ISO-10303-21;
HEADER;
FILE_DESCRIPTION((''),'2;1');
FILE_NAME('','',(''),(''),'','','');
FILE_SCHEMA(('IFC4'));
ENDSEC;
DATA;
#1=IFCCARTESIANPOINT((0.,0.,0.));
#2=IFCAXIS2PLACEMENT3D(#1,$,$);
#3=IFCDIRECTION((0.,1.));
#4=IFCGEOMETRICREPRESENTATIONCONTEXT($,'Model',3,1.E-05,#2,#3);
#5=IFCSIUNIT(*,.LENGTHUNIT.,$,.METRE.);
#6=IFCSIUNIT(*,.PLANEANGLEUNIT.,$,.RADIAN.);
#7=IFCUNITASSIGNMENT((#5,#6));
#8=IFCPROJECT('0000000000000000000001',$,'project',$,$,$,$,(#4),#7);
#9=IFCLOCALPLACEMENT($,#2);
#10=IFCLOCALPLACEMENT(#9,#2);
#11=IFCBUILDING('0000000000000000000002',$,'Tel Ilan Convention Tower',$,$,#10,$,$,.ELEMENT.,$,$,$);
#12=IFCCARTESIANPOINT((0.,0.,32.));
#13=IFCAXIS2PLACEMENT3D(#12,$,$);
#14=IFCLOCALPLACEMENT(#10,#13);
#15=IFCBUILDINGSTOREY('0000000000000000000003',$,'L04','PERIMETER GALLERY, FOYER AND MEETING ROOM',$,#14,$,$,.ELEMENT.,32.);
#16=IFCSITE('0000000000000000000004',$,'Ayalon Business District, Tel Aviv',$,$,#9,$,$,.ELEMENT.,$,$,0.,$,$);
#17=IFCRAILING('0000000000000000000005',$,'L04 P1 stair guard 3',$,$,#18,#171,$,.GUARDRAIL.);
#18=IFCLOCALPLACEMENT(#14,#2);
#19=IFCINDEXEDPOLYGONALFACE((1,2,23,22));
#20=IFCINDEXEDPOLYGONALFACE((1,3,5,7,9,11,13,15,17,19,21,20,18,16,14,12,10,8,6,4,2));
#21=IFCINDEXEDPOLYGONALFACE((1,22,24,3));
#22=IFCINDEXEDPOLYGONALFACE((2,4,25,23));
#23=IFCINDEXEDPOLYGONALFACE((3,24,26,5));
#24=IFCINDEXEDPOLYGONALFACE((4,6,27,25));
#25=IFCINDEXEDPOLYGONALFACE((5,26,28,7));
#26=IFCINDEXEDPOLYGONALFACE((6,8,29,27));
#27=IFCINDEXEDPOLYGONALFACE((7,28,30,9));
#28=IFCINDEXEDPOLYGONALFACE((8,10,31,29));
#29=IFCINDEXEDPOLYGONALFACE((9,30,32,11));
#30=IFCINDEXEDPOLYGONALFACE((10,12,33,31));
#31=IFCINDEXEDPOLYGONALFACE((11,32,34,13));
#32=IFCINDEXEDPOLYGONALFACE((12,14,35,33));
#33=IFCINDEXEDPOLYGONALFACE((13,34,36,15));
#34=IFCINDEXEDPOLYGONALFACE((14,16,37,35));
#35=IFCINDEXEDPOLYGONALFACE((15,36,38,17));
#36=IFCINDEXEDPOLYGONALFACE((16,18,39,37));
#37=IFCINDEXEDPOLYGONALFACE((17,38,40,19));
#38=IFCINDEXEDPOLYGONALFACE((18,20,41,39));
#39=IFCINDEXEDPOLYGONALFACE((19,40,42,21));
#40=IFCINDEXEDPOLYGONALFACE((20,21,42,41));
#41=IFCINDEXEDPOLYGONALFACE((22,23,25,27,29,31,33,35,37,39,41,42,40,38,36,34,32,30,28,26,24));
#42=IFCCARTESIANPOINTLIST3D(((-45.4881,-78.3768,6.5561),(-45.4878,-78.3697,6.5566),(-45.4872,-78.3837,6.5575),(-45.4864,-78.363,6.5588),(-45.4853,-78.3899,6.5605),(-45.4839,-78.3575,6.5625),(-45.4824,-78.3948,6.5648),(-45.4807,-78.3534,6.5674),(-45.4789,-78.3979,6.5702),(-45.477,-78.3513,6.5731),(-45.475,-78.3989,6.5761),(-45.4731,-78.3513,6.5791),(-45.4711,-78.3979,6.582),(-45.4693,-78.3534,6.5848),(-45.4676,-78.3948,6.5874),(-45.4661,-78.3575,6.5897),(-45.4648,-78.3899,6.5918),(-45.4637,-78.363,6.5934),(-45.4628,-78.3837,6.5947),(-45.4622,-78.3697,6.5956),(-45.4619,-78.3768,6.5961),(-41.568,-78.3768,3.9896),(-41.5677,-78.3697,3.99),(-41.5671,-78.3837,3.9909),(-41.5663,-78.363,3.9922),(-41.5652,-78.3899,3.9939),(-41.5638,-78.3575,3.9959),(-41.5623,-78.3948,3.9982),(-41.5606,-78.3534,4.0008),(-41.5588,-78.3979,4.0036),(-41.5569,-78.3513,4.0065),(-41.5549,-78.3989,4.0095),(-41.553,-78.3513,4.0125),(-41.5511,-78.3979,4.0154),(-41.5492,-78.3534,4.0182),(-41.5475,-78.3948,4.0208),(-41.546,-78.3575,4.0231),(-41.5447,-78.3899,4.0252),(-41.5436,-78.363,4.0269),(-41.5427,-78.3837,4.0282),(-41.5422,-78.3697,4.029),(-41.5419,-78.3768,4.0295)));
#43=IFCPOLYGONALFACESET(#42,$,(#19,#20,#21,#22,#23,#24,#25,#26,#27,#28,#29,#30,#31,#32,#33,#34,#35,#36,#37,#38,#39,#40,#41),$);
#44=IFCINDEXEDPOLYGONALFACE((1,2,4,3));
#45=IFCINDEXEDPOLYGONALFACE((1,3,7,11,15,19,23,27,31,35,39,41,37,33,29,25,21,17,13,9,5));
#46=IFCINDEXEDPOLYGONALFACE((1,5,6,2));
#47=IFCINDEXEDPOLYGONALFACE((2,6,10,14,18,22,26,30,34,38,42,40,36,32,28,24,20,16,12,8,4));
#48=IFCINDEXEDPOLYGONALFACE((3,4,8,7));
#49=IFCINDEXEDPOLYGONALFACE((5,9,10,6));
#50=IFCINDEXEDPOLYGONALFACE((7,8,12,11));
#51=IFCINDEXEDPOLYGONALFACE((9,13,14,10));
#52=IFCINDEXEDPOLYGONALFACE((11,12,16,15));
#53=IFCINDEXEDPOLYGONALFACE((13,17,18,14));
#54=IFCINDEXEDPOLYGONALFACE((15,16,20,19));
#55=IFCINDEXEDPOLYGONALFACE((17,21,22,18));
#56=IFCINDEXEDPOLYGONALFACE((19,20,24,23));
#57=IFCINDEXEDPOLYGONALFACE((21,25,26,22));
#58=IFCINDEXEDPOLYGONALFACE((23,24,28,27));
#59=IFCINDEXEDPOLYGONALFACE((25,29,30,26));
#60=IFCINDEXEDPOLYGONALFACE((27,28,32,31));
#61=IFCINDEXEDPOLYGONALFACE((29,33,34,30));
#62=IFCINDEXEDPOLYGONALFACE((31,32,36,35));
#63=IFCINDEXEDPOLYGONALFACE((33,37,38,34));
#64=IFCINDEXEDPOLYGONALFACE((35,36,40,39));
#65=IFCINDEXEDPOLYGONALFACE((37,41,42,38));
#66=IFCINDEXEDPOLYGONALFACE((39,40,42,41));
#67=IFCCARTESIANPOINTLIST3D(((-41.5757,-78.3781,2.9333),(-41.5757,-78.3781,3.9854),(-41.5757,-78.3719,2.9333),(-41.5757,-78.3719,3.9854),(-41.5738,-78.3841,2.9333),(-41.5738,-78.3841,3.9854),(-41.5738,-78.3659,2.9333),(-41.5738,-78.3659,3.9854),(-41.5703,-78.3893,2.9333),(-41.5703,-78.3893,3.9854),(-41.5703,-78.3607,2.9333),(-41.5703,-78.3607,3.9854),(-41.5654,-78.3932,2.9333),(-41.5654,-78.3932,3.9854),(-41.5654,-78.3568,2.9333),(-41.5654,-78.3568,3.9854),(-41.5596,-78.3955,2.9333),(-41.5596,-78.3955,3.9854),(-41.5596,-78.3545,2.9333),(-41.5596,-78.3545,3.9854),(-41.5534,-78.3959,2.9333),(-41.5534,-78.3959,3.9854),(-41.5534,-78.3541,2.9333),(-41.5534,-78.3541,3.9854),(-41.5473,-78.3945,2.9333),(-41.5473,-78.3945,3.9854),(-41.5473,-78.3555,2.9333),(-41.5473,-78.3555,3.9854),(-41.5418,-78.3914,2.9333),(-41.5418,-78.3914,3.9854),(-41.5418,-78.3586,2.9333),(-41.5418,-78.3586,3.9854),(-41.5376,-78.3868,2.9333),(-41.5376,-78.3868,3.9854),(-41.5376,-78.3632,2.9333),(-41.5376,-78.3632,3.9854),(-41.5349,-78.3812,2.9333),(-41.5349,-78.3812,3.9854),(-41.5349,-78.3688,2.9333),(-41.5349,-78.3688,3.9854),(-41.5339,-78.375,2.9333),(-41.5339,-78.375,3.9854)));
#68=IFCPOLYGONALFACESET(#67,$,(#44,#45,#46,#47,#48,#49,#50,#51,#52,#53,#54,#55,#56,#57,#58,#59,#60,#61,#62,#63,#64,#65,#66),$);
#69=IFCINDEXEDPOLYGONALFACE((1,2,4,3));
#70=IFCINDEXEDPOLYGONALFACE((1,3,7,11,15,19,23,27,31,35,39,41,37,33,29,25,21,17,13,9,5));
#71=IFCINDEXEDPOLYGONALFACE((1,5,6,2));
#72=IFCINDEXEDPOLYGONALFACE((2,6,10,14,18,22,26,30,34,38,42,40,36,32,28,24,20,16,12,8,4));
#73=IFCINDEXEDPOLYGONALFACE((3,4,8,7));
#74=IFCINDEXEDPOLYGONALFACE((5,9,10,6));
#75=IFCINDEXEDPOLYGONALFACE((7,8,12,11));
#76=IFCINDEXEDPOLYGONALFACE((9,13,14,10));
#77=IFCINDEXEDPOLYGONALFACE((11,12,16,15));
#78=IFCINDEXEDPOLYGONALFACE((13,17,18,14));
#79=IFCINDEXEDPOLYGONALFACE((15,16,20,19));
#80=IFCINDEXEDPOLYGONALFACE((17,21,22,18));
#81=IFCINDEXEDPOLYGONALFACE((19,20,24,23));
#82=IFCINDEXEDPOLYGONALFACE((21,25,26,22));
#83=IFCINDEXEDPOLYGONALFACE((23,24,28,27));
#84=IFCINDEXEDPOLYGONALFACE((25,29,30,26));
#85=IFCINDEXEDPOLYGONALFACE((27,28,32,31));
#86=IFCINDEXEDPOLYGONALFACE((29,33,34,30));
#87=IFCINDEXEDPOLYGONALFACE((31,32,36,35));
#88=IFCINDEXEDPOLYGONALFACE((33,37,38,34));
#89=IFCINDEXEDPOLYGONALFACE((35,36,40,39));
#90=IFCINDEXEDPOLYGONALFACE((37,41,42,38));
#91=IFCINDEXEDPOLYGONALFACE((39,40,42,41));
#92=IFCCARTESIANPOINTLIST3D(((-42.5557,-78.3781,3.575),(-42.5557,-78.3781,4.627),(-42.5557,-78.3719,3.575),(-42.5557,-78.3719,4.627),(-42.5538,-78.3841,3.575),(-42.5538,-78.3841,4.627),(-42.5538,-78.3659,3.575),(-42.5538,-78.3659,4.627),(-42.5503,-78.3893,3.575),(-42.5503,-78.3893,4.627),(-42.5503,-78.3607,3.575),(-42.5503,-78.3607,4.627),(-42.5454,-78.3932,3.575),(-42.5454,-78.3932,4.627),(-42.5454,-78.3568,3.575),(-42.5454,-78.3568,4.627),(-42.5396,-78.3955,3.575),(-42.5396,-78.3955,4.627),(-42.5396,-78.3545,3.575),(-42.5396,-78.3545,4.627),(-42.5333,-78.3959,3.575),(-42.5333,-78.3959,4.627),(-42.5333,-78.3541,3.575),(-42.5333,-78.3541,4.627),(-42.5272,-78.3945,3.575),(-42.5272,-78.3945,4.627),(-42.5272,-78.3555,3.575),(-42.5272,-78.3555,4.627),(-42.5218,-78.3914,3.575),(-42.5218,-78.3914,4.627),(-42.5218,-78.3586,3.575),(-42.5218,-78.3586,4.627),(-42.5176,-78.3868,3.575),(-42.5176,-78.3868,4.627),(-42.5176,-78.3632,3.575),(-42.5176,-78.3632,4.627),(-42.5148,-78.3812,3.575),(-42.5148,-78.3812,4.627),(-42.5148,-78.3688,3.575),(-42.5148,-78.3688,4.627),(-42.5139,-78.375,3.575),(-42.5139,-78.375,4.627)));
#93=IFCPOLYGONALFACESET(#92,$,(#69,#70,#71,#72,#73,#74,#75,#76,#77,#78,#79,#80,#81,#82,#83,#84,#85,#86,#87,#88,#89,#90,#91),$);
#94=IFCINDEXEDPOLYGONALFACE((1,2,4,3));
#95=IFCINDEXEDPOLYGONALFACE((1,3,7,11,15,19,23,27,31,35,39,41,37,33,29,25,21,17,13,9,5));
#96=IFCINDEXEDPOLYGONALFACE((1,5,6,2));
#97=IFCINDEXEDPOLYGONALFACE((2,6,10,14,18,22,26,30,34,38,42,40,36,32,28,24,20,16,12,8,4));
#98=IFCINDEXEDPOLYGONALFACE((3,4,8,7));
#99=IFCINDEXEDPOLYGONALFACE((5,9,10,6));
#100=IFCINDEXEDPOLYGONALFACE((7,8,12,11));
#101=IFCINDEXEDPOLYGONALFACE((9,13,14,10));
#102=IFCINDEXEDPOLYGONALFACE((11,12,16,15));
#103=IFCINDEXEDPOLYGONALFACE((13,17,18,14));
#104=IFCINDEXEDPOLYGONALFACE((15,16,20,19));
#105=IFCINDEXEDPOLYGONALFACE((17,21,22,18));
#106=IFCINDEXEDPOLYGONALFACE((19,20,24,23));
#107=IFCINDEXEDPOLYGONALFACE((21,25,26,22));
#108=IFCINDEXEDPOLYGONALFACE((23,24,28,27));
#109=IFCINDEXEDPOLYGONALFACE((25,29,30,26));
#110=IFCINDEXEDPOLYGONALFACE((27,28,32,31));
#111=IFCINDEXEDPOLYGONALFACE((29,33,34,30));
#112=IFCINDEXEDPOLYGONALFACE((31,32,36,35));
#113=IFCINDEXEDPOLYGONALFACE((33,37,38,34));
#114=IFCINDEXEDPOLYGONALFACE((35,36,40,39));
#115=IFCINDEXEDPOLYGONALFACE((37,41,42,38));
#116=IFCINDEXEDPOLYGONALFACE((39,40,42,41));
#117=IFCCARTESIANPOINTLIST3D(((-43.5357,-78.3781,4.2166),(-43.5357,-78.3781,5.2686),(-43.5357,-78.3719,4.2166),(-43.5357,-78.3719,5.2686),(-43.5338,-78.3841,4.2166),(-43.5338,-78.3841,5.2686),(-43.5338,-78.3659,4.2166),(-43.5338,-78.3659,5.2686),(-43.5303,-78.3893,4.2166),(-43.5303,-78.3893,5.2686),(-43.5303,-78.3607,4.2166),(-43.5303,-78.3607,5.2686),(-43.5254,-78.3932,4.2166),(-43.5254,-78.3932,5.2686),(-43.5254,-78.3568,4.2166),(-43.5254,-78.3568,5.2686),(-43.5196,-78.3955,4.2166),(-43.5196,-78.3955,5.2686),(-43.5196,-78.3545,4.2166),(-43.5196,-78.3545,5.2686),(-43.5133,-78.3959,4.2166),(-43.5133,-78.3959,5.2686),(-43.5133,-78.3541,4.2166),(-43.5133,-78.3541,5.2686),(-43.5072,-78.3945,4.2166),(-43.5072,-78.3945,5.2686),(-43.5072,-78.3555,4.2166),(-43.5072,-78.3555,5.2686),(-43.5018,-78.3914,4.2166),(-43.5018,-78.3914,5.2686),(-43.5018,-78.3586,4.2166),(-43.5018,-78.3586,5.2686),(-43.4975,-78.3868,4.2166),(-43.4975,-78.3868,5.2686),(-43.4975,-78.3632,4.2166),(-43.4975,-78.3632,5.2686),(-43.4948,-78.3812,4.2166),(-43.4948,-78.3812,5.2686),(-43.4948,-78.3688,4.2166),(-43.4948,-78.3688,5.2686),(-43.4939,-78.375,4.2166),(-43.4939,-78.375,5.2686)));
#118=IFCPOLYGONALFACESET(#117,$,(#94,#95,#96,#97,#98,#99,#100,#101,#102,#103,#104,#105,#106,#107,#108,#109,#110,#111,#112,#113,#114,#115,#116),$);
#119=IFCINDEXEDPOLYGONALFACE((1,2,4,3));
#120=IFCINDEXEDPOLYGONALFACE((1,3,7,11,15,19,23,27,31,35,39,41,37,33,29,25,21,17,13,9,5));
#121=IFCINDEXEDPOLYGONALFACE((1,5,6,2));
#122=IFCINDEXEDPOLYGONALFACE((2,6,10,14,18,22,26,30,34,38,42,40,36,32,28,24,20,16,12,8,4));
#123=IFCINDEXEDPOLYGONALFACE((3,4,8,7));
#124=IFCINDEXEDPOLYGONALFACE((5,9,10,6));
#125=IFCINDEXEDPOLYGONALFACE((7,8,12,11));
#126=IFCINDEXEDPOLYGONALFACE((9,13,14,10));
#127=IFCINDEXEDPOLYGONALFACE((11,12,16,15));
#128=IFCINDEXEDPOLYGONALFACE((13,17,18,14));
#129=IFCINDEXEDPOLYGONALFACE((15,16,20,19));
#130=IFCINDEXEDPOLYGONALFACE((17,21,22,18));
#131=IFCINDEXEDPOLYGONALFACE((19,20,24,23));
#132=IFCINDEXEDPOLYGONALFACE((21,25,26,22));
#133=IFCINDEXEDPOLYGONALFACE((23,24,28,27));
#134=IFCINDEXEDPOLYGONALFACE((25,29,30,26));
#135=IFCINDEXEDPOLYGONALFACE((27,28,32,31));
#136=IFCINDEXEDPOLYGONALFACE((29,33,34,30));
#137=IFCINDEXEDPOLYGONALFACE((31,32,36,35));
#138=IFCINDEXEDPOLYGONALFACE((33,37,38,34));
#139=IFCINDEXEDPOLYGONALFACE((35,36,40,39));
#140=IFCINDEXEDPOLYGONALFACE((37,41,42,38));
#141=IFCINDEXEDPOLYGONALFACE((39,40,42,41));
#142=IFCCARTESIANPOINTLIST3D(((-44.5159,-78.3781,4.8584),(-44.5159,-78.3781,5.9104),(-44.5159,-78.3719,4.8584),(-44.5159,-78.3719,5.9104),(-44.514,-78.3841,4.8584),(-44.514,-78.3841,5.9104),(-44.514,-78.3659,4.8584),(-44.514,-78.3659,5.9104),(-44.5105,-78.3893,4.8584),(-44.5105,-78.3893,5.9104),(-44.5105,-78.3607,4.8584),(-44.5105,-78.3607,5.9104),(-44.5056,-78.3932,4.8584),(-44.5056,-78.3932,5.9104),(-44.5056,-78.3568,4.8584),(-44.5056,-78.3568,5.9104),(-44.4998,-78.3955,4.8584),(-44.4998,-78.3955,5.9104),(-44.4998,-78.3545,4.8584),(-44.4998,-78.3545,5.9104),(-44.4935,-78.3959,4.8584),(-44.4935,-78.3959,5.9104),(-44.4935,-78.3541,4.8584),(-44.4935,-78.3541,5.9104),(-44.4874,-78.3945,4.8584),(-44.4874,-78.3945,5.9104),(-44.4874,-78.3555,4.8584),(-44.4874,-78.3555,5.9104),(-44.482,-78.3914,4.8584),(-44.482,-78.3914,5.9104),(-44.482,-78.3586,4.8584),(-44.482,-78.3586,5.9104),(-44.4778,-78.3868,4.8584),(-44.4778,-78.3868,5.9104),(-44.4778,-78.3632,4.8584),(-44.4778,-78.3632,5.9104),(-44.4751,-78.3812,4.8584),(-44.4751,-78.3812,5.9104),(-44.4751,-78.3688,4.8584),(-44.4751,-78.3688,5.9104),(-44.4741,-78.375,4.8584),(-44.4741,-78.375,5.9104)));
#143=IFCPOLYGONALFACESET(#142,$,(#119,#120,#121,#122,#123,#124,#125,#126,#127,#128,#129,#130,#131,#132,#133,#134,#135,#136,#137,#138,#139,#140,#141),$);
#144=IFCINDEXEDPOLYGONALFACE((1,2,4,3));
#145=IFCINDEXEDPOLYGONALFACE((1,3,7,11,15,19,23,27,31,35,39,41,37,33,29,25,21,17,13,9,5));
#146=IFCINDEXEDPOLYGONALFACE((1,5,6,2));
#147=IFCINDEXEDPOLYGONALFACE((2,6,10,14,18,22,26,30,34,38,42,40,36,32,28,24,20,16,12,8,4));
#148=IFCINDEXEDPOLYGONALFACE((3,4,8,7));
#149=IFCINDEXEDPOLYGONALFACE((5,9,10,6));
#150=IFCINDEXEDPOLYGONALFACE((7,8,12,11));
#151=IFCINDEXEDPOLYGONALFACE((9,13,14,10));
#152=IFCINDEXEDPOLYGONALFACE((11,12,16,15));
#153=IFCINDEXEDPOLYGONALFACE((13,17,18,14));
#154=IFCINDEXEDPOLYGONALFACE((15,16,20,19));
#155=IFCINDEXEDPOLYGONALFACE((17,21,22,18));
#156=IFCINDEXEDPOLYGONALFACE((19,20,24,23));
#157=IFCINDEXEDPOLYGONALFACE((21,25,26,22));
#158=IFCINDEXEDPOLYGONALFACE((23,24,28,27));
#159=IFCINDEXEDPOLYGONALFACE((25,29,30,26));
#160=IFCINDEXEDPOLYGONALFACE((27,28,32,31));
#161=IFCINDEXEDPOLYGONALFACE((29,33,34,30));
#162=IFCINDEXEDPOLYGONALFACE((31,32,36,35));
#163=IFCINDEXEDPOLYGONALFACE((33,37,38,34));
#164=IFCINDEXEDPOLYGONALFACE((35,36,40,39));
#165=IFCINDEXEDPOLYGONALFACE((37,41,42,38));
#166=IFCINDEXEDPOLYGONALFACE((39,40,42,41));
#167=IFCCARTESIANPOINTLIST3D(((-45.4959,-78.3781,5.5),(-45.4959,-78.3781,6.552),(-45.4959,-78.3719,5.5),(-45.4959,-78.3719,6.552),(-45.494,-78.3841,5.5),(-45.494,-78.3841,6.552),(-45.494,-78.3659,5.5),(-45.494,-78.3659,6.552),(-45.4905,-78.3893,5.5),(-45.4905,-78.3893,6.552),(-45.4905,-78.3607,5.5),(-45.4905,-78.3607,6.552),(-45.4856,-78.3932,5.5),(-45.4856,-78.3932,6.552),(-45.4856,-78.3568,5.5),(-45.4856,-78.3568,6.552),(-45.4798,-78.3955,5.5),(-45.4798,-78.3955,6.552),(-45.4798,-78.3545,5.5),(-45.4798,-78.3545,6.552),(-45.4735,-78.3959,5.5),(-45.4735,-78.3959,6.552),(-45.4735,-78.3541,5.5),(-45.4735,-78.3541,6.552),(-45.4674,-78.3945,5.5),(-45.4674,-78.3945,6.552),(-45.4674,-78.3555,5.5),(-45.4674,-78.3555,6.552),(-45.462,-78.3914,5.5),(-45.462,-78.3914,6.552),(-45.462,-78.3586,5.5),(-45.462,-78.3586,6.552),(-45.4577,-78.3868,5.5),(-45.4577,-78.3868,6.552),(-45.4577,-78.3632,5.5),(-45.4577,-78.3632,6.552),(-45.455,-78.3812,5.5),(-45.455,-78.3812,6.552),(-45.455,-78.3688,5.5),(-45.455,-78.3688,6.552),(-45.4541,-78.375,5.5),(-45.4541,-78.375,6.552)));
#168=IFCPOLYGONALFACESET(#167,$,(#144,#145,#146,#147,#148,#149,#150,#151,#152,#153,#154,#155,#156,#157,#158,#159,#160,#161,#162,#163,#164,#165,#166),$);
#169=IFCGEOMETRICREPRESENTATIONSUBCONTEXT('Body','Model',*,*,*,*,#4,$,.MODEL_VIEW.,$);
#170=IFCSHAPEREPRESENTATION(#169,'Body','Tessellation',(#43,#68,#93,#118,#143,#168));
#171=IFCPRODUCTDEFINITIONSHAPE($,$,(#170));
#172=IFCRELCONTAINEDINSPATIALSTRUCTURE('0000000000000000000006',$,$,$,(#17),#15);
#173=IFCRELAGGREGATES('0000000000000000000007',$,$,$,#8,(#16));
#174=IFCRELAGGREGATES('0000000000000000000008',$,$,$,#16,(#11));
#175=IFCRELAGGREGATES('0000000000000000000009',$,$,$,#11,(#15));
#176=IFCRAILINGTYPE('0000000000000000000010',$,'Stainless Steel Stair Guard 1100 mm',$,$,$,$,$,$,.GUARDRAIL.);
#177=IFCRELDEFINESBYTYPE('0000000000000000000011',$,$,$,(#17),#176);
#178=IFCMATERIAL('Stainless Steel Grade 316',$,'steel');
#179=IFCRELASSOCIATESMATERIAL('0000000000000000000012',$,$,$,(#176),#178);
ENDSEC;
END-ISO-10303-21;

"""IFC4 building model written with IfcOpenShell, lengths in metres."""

from ifc_helpers import new_model, si_unit, direction, frame, origin, origin_2d, place, context, subcontext, project, spatial, circle, extrude, material, type_object, element, save


model = new_model("IFC4")

# Units and contexts
model_context = context("Model", 3, precision=1e-05, world=origin(), true_north=direction((0.0, 1.0)))
body_context = subcontext(model_context, "Body", "Model", "MODEL_VIEW")
ifc_project = project(units=[si_unit("LENGTHUNIT", "METRE"), si_unit("PLANEANGLEUNIT", "RADIAN")], contexts=[model_context])

# Site, building, storey
site_placement = place(None, origin())
site = spatial("IfcSite", under=ifc_project, at=site_placement, Name="Ayalon Business District, Tel Aviv", CompositionType="ELEMENT", RefElevation=0.0)
building_placement = place(site_placement, origin())
building = spatial("IfcBuilding", under=site, at=building_placement, Name="Tel Ilan Convention Tower", CompositionType="ELEMENT")
storey_placement = place(building_placement, frame((0.0, 0.0, 32.0)))
storey = spatial("IfcBuildingStorey", under=building, at=storey_placement, Name="L04", Description="PERIMETER GALLERY, FOYER AND MEETING ROOM", CompositionType="ELEMENT", Elevation=32.0)

# Railing
ifc_material_1 = material(Name="Stainless Steel Grade 316", Category="steel")
railing_type = type_object("IfcRailingType", Name="Stainless Steel Stair Guard 1100 mm", PredefinedType="GUARDRAIL", material=ifc_material_1)
railing_1_placement = place(storey_placement, frame((-41.5549, -78.375, 2.9333)))
element("IfcRailing", 1, at=railing_1_placement, inside=storey, type_object=railing_type, Name="L04 P1 stair guard 3", PredefinedType="GUARDRAIL", context=body_context, shape_type="SweptSolid", body=[
    extrude(circle(Radius=0.0239, at=origin_2d()), frame((0.0, 0.0, 1.0762), z_axis=(-0.836631, 0.0, 0.547767), x_axis=(0.0, -1.0, 0.0)), (0.0, 0.0, 1.0), 4.6855),
    extrude(circle(Radius=0.021, at=origin_2d()), origin(), (0.0, 0.0, 1.0), 1.052),
    extrude(circle(Radius=0.021, at=origin_2d()), frame((-0.98, 0.0, 0.6416)), (0.0, 0.0, 1.0), 1.052),
    extrude(circle(Radius=0.021, at=origin_2d()), frame((-1.96, 0.0, 1.2832)), (0.0, 0.0, 1.0), 1.052),
    extrude(circle(Radius=0.021, at=origin_2d()), frame((-2.9402, 0.0, 1.925)), (0.0, 0.0, 1.0), 1.052),
    extrude(circle(Radius=0.021, at=origin_2d()), frame((-3.9202, 0.0, 2.5667)), (0.0, 0.0, 1.0), 1.052),
])

save(model, "model.ifc")
